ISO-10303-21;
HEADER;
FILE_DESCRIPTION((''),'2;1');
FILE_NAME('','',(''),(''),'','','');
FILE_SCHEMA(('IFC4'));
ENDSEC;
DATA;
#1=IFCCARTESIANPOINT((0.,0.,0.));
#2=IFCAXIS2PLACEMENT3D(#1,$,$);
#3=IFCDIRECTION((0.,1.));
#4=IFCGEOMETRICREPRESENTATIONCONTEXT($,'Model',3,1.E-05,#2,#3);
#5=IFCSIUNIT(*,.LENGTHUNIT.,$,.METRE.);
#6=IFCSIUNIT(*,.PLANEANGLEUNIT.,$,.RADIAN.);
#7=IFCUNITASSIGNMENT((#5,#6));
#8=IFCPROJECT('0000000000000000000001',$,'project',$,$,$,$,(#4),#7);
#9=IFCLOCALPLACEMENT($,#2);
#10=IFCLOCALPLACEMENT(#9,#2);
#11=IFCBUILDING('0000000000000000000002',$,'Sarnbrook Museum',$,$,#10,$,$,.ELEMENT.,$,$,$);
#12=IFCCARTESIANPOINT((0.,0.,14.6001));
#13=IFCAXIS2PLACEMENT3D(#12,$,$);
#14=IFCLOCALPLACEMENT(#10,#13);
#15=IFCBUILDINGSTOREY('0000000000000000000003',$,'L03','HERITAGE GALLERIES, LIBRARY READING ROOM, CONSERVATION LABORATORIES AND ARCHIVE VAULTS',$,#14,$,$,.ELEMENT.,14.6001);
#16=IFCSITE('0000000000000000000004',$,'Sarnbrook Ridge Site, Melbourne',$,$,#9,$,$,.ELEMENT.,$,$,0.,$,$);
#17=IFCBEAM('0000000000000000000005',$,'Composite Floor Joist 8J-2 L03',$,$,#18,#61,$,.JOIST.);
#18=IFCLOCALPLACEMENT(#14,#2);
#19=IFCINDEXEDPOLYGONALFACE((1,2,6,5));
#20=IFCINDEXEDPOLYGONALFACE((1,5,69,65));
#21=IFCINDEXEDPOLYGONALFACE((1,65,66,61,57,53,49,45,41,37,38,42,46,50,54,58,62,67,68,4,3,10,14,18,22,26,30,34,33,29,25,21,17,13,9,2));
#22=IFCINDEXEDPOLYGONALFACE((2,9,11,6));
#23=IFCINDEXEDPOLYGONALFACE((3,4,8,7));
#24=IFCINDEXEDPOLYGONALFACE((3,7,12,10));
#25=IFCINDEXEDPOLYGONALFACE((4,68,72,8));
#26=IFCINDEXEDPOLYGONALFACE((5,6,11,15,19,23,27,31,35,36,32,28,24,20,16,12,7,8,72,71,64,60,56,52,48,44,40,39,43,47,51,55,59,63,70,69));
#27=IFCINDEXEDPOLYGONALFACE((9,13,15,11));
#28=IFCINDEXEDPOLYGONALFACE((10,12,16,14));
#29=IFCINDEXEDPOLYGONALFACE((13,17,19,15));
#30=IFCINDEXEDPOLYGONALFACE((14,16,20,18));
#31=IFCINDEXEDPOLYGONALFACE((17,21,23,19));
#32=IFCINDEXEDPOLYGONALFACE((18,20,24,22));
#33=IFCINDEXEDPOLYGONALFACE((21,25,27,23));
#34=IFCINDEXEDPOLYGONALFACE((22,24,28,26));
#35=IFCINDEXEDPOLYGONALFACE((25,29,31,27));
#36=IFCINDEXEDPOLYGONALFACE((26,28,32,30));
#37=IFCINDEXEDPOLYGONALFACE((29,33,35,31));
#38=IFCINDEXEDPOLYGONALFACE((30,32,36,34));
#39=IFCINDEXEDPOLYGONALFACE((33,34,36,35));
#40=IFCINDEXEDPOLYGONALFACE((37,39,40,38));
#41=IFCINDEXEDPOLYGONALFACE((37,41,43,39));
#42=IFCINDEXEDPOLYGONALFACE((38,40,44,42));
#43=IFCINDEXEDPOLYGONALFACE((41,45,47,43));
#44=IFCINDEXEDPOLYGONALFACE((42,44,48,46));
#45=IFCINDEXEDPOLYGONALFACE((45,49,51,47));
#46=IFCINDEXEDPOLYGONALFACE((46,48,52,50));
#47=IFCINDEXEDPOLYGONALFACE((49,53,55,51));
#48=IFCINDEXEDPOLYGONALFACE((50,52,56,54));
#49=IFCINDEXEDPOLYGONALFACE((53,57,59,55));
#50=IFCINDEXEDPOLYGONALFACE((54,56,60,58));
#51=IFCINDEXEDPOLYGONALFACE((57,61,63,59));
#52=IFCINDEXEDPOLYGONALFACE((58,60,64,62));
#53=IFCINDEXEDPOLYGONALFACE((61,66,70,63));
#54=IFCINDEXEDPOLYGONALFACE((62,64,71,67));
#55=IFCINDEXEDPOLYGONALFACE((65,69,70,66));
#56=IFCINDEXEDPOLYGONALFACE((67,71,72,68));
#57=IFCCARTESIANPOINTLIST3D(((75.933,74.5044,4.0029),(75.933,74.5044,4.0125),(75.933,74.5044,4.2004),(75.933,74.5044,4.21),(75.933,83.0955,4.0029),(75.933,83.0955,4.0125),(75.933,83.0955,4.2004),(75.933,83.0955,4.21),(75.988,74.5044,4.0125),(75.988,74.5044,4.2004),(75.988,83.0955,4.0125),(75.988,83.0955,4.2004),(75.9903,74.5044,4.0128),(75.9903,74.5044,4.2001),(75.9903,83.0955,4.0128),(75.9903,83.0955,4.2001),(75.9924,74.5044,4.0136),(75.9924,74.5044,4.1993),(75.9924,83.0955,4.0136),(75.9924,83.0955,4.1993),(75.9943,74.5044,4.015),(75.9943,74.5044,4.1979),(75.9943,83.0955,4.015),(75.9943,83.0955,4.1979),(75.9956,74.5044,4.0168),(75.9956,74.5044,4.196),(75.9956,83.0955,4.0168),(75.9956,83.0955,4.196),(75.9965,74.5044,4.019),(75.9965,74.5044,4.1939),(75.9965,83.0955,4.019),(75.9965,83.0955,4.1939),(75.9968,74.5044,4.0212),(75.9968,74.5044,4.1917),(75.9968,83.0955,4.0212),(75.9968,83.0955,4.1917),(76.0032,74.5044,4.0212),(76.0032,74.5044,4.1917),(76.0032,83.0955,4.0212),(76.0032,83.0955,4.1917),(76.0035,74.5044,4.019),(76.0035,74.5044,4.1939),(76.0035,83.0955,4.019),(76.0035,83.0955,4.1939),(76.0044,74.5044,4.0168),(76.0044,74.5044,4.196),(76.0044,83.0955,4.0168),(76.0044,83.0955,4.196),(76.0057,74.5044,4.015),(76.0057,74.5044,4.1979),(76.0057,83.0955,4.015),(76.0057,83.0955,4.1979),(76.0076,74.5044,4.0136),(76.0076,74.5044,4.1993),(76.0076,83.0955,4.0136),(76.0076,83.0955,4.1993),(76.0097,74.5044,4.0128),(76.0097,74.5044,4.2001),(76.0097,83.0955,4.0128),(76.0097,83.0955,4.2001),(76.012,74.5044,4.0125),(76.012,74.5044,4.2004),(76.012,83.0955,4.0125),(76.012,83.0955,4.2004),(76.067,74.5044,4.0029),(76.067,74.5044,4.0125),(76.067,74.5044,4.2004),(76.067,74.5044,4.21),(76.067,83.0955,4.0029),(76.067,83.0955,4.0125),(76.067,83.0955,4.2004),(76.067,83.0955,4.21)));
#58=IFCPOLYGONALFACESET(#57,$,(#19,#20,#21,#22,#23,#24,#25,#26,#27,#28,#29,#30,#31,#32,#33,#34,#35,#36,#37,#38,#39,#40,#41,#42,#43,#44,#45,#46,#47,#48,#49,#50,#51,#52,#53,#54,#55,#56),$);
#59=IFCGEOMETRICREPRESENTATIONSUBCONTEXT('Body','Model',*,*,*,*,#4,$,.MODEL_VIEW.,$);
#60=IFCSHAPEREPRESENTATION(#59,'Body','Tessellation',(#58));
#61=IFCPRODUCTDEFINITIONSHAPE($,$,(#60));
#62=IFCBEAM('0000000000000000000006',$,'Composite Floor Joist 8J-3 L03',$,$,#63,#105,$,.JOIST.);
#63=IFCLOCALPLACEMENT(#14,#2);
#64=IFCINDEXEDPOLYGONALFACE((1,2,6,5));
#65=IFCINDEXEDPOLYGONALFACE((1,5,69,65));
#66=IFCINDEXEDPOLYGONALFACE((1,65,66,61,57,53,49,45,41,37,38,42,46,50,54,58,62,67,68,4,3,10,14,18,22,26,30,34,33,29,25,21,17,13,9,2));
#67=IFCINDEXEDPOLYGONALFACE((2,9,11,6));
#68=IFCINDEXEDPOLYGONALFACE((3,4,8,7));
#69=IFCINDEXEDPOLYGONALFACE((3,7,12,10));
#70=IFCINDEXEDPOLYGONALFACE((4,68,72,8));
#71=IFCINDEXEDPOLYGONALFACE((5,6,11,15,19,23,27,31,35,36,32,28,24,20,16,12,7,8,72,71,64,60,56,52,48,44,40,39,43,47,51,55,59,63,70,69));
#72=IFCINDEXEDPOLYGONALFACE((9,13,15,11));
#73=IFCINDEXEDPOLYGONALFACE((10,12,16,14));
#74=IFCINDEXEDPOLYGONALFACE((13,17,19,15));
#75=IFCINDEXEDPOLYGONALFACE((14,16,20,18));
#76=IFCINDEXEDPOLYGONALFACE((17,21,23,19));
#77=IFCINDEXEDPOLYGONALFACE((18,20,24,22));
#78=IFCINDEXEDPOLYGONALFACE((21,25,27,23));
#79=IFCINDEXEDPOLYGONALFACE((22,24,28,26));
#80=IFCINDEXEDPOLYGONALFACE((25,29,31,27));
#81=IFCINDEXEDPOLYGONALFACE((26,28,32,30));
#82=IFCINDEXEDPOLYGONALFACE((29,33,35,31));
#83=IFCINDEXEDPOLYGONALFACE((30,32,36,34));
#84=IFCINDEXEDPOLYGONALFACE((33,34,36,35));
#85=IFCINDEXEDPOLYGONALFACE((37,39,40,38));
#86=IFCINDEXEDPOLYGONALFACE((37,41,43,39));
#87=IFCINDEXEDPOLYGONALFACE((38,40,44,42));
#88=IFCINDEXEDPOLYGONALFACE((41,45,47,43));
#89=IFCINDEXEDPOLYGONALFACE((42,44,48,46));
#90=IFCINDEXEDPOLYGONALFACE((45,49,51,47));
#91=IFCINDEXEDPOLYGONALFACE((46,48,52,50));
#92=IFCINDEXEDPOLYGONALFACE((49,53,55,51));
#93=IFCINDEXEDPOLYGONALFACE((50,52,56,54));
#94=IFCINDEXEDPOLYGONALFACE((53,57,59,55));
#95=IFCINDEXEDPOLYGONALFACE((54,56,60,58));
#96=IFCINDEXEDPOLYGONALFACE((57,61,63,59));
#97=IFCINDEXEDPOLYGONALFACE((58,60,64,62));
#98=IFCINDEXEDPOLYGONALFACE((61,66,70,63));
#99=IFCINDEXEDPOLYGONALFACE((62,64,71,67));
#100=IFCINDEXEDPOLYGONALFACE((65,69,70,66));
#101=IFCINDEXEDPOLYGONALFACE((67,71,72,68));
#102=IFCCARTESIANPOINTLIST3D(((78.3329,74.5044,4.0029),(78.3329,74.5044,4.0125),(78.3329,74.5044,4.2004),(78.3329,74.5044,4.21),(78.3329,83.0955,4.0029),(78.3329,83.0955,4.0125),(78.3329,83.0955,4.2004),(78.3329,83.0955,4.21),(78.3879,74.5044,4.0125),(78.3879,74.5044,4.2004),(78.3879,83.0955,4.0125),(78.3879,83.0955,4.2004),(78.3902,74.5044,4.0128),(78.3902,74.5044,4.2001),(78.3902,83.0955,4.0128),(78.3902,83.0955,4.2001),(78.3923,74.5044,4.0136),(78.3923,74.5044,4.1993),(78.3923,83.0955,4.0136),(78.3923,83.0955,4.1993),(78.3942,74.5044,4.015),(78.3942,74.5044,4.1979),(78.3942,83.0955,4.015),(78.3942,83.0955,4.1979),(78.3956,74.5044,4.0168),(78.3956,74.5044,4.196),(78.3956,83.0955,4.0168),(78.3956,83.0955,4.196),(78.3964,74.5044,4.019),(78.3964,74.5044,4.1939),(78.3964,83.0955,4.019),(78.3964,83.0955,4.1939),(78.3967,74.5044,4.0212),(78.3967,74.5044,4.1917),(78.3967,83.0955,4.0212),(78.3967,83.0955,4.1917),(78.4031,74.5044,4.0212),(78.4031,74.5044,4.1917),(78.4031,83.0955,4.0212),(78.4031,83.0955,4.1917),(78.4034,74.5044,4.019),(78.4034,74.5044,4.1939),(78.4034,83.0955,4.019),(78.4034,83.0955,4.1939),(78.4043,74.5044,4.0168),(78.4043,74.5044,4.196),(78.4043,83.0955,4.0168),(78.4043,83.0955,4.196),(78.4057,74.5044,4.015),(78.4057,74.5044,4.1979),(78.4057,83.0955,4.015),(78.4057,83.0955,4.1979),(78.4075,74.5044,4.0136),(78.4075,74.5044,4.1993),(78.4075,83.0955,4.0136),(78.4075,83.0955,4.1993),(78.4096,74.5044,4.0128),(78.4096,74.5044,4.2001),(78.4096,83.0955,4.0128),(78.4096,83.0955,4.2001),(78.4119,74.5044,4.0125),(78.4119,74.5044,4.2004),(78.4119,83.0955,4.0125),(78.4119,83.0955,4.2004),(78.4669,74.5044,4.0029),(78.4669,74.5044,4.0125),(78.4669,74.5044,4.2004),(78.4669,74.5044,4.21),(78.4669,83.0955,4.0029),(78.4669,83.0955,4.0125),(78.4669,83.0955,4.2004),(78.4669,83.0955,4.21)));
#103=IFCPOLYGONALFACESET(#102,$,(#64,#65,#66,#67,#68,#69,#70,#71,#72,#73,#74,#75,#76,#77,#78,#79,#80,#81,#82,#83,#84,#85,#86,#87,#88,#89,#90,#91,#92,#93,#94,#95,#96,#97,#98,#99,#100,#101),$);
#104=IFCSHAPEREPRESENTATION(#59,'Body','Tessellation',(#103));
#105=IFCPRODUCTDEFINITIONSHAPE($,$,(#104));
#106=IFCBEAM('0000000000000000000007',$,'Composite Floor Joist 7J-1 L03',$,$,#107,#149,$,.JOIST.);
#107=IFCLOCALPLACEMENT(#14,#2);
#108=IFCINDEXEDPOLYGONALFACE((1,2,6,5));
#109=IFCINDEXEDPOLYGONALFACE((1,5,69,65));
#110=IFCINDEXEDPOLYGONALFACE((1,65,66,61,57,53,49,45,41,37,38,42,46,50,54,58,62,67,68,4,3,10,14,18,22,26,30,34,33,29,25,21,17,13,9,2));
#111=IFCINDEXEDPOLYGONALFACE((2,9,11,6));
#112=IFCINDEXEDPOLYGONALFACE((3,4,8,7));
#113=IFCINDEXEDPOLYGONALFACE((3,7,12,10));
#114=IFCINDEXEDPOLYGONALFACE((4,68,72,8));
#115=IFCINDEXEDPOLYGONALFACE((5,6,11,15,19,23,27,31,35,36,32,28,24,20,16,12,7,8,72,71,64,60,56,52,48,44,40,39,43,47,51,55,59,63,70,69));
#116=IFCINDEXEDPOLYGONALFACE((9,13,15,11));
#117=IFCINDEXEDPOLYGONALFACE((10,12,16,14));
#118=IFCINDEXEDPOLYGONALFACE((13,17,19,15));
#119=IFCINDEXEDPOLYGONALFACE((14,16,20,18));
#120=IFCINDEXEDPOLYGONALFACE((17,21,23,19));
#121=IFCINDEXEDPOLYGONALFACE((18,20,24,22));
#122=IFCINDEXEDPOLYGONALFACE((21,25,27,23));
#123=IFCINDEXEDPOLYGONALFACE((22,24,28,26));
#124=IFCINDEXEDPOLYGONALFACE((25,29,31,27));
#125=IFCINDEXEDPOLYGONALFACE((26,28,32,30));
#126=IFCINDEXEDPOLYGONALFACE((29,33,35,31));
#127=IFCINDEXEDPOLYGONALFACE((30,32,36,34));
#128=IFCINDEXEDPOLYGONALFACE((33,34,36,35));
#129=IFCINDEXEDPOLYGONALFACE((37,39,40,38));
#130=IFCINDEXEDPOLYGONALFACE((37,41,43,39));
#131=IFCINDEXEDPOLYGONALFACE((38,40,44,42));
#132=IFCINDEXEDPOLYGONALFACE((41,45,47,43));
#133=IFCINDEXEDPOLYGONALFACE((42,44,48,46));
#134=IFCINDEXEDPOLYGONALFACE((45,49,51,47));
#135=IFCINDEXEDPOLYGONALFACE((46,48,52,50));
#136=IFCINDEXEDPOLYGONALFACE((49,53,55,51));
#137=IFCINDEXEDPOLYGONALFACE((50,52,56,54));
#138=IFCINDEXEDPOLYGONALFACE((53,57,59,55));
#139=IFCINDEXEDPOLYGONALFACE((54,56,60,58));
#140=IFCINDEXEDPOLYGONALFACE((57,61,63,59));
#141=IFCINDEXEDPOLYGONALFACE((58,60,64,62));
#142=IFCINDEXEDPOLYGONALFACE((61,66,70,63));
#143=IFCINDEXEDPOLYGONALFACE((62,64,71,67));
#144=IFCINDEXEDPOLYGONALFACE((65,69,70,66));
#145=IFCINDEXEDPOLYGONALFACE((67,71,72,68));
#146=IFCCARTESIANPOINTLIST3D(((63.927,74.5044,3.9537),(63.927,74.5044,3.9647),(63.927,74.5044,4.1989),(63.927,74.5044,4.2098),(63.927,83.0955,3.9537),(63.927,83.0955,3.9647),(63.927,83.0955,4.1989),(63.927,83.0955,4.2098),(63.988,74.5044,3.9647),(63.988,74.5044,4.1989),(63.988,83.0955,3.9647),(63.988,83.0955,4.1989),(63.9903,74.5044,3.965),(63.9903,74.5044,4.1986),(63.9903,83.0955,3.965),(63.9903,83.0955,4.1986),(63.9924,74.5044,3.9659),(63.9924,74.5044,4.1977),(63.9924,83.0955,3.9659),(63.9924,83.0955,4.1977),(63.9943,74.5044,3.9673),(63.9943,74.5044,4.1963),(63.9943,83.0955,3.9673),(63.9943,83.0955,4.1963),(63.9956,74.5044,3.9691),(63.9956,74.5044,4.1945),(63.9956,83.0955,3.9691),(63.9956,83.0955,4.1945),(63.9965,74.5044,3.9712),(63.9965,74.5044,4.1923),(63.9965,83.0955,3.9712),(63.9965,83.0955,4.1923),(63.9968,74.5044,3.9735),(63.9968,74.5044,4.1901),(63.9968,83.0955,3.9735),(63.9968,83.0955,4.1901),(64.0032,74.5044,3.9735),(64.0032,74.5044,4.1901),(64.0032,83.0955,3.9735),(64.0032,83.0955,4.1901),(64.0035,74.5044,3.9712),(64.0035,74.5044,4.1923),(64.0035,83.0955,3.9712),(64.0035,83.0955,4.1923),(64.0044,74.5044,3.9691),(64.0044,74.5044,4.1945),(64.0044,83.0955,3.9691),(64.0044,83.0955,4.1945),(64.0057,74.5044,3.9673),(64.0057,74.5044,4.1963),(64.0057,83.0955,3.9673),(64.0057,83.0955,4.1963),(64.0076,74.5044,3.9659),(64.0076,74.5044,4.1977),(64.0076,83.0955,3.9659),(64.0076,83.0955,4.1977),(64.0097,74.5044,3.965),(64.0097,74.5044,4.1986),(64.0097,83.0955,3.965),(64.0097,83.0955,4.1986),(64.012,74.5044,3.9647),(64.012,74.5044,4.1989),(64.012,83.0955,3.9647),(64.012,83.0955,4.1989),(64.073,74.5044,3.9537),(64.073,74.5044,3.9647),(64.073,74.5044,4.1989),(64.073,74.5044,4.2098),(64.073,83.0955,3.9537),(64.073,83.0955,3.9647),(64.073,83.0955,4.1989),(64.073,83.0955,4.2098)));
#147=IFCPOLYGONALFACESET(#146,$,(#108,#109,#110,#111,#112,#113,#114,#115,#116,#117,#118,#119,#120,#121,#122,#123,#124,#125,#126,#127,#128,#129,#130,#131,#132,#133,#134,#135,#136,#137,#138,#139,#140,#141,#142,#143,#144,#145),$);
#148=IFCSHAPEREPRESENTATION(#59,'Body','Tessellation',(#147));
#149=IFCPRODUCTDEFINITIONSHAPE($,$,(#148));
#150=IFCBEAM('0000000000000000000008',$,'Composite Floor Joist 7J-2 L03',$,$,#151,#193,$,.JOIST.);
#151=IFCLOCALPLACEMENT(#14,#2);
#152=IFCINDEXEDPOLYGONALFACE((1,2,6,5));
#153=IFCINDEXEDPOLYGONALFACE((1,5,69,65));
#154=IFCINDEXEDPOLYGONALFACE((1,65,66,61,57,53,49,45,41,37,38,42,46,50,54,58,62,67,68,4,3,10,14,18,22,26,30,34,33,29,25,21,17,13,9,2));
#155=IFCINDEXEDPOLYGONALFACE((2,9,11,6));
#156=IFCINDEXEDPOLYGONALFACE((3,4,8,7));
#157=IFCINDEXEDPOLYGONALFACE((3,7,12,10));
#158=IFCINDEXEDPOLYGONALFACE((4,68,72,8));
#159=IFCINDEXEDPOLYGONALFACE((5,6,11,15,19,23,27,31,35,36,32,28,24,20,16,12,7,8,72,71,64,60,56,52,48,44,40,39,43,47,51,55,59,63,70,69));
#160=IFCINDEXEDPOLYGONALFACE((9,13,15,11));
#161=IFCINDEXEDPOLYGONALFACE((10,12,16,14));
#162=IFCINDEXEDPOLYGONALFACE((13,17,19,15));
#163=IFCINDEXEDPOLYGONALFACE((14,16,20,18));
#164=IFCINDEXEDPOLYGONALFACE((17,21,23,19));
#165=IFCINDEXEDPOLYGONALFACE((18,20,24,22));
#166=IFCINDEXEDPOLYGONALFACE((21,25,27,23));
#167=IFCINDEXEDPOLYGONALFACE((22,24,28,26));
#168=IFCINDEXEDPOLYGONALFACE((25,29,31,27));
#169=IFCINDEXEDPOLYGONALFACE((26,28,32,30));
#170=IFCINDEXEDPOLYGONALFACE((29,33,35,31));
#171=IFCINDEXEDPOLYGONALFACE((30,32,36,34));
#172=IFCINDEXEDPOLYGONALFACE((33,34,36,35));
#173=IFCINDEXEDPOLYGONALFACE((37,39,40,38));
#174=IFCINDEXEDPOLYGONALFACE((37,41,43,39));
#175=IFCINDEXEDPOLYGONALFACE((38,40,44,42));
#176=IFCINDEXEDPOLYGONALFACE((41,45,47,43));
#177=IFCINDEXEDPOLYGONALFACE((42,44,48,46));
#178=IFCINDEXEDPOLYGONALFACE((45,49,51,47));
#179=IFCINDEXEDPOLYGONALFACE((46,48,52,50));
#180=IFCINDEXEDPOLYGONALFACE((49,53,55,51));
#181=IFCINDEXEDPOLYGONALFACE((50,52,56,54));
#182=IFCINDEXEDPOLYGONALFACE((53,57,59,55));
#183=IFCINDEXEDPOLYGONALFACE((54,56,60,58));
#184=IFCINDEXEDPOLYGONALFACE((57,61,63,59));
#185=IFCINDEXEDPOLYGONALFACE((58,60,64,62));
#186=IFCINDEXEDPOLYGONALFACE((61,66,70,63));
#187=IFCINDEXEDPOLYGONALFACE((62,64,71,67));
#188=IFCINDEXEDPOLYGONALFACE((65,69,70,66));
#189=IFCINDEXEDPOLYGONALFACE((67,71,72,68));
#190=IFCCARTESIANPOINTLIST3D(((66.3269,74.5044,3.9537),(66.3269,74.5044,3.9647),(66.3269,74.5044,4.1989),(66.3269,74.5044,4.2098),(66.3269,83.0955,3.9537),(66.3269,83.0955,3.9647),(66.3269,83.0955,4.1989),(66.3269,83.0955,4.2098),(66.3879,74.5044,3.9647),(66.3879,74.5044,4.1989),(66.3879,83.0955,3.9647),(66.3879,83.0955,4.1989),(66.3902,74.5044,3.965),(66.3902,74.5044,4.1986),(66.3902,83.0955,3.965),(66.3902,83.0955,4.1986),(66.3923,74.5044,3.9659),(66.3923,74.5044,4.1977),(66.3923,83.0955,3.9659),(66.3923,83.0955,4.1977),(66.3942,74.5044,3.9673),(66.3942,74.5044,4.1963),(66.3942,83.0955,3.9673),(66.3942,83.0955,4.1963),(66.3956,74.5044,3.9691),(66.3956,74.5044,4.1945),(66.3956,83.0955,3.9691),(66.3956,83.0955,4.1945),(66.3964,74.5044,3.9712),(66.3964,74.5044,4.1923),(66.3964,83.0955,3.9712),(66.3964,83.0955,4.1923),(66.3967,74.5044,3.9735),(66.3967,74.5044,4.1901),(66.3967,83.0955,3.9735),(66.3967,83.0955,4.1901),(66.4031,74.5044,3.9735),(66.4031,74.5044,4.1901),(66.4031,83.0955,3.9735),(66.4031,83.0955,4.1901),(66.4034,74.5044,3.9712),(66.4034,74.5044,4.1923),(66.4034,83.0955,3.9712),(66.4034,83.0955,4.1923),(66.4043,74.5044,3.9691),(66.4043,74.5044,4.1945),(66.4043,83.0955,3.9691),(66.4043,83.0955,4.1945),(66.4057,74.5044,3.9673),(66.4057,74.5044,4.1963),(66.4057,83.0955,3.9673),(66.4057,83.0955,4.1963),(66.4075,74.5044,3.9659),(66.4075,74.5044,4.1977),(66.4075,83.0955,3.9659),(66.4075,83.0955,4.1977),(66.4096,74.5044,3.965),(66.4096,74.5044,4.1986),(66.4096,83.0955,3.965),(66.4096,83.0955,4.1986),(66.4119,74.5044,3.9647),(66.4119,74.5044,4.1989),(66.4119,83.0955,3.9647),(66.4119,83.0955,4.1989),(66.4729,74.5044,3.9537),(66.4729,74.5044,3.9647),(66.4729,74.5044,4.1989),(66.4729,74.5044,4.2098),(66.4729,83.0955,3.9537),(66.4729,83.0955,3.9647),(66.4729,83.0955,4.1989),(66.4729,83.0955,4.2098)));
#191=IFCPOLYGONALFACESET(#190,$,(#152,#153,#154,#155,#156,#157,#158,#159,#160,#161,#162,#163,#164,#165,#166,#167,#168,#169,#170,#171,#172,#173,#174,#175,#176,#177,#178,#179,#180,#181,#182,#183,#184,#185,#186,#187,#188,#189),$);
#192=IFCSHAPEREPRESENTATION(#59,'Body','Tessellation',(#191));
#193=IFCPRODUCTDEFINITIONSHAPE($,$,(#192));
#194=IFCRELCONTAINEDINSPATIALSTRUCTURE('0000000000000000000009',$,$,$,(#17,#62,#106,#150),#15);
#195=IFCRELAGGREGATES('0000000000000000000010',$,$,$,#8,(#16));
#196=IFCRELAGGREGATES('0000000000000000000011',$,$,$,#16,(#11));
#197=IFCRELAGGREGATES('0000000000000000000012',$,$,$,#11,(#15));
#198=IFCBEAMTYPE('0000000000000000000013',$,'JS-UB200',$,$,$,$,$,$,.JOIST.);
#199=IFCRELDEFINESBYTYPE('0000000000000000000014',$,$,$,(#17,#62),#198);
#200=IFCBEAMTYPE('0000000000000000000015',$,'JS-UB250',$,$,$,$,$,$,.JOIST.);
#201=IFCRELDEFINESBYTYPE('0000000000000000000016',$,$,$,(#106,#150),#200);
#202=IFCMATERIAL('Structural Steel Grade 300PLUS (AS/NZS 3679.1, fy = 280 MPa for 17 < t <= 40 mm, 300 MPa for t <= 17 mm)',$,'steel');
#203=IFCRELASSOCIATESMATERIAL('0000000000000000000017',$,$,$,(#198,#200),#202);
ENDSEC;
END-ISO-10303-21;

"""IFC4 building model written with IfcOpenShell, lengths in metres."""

from ifc_helpers import new_model, si_unit, direction, frame, origin, origin_2d, place, context, subcontext, project, spatial, i_section, extrude, material, material_profile, profile_set, type_object, element, save


model = new_model("IFC4")

# Units and contexts
model_context = context("Model", 3, precision=1e-05, world=origin(), true_north=direction((0.0, 1.0)))
body_context = subcontext(model_context, "Body", "Model", "MODEL_VIEW")
ifc_project = project(units=[si_unit("LENGTHUNIT", "METRE"), si_unit("PLANEANGLEUNIT", "RADIAN")], contexts=[model_context])

# Site, building, storey
site_placement = place(None, origin())
site = spatial("IfcSite", under=ifc_project, at=site_placement, Name="Sarnbrook Ridge Site, Melbourne", CompositionType="ELEMENT", RefElevation=0.0)
building_placement = place(site_placement, origin())
building = spatial("IfcBuilding", under=site, at=building_placement, Name="Sarnbrook Museum", CompositionType="ELEMENT")
storey_placement = place(building_placement, frame((0.0, 0.0, 14.6001)))
storey = spatial("IfcBuildingStorey", under=building, at=storey_placement, Name="L03", Description="HERITAGE GALLERIES, LIBRARY READING ROOM, CONSERVATION LABORATORIES AND ARCHIVE VAULTS", CompositionType="ELEMENT", Elevation=14.6001)

# Shared definitions
ifc_material_1 = material(Name="Structural Steel Grade 300PLUS (AS/NZS 3679.1, fy = 280 MPa for 17 < t <= 40 mm, 300 MPa for t <= 17 mm)", Category="steel")

# Beams
ifc_material_profile_1 = material_profile(ifc_material_1, i_section(OverallWidth=0.134, OverallDepth=0.207, WebThickness=0.0063, FlangeThickness=0.0095, FilletRadius=0.0088, at=origin_2d()), Name="200UB29.8")
ifc_profile_set_1 = profile_set([ifc_material_profile_1], Name="Structural Steel Grade 300PLUS (AS/NZS 3679.1, fy = 280 MPa for 17 < t <= 40 mm, 300 MPa for t <= 17 mm)")
beam_type_1 = type_object("IfcBeamType", Name="JS-UB200", PredefinedType="JOIST", material=ifc_profile_set_1)
for number, where, z_axis, x_axis, name in (
    (1, (76.0, 74.5044, 4.1064), (0.0, 1.0, 0.0), (-1.0, 0.0, 0.0), "Composite Floor Joist 8J-2 L03"),
    (2, (78.3999, 74.5044, 4.1064), (0.0, 1.0, 0.0), (-1.0, 0.0, 0.0), "Composite Floor Joist 8J-3 L03"),
):
    element("IfcBeam", number, at=place(storey_placement, frame(where, z_axis=z_axis, x_axis=x_axis)), inside=storey, type_object=beam_type_1, Name=name, PredefinedType="JOIST", context=body_context, shape_type="SweptSolid", body=[
        extrude(i_section(OverallWidth=0.134, OverallDepth=0.207, WebThickness=0.0063, FlangeThickness=0.0095, FilletRadius=0.0088, at=origin_2d()), origin(), (0.0, 0.0, 1.0), 8.5911),
    ])
ifc_material_profile_2 = material_profile(ifc_material_1, i_section(OverallWidth=0.146, OverallDepth=0.2561, WebThickness=0.0063, FlangeThickness=0.011, FilletRadius=0.0088, at=origin_2d()), Name="250UB37.3")
ifc_profile_set_2 = profile_set([ifc_material_profile_2], Name="Structural Steel Grade 300PLUS (AS/NZS 3679.1, fy = 280 MPa for 17 < t <= 40 mm, 300 MPa for t <= 17 mm)")
beam_type_2 = type_object("IfcBeamType", Name="JS-UB250", PredefinedType="JOIST", material=ifc_profile_set_2)
for number, where, z_axis, x_axis, name in (
    (3, (64.0, 74.5044, 4.0818), (0.0, 1.0, 0.0), (-1.0, 0.0, 0.0), "Composite Floor Joist 7J-1 L03"),
    (4, (66.3999, 74.5044, 4.0818), (0.0, 1.0, 0.0), (-1.0, 0.0, 0.0), "Composite Floor Joist 7J-2 L03"),
):
    element("IfcBeam", number, at=place(storey_placement, frame(where, z_axis=z_axis, x_axis=x_axis)), inside=storey, type_object=beam_type_2, Name=name, PredefinedType="JOIST", context=body_context, shape_type="SweptSolid", body=[
        extrude(i_section(OverallWidth=0.146, OverallDepth=0.2561, WebThickness=0.0063, FlangeThickness=0.011, FilletRadius=0.0088, at=origin_2d()), origin(), (0.0, 0.0, 1.0), 8.5911),
    ])

save(model, "model.ifc")
